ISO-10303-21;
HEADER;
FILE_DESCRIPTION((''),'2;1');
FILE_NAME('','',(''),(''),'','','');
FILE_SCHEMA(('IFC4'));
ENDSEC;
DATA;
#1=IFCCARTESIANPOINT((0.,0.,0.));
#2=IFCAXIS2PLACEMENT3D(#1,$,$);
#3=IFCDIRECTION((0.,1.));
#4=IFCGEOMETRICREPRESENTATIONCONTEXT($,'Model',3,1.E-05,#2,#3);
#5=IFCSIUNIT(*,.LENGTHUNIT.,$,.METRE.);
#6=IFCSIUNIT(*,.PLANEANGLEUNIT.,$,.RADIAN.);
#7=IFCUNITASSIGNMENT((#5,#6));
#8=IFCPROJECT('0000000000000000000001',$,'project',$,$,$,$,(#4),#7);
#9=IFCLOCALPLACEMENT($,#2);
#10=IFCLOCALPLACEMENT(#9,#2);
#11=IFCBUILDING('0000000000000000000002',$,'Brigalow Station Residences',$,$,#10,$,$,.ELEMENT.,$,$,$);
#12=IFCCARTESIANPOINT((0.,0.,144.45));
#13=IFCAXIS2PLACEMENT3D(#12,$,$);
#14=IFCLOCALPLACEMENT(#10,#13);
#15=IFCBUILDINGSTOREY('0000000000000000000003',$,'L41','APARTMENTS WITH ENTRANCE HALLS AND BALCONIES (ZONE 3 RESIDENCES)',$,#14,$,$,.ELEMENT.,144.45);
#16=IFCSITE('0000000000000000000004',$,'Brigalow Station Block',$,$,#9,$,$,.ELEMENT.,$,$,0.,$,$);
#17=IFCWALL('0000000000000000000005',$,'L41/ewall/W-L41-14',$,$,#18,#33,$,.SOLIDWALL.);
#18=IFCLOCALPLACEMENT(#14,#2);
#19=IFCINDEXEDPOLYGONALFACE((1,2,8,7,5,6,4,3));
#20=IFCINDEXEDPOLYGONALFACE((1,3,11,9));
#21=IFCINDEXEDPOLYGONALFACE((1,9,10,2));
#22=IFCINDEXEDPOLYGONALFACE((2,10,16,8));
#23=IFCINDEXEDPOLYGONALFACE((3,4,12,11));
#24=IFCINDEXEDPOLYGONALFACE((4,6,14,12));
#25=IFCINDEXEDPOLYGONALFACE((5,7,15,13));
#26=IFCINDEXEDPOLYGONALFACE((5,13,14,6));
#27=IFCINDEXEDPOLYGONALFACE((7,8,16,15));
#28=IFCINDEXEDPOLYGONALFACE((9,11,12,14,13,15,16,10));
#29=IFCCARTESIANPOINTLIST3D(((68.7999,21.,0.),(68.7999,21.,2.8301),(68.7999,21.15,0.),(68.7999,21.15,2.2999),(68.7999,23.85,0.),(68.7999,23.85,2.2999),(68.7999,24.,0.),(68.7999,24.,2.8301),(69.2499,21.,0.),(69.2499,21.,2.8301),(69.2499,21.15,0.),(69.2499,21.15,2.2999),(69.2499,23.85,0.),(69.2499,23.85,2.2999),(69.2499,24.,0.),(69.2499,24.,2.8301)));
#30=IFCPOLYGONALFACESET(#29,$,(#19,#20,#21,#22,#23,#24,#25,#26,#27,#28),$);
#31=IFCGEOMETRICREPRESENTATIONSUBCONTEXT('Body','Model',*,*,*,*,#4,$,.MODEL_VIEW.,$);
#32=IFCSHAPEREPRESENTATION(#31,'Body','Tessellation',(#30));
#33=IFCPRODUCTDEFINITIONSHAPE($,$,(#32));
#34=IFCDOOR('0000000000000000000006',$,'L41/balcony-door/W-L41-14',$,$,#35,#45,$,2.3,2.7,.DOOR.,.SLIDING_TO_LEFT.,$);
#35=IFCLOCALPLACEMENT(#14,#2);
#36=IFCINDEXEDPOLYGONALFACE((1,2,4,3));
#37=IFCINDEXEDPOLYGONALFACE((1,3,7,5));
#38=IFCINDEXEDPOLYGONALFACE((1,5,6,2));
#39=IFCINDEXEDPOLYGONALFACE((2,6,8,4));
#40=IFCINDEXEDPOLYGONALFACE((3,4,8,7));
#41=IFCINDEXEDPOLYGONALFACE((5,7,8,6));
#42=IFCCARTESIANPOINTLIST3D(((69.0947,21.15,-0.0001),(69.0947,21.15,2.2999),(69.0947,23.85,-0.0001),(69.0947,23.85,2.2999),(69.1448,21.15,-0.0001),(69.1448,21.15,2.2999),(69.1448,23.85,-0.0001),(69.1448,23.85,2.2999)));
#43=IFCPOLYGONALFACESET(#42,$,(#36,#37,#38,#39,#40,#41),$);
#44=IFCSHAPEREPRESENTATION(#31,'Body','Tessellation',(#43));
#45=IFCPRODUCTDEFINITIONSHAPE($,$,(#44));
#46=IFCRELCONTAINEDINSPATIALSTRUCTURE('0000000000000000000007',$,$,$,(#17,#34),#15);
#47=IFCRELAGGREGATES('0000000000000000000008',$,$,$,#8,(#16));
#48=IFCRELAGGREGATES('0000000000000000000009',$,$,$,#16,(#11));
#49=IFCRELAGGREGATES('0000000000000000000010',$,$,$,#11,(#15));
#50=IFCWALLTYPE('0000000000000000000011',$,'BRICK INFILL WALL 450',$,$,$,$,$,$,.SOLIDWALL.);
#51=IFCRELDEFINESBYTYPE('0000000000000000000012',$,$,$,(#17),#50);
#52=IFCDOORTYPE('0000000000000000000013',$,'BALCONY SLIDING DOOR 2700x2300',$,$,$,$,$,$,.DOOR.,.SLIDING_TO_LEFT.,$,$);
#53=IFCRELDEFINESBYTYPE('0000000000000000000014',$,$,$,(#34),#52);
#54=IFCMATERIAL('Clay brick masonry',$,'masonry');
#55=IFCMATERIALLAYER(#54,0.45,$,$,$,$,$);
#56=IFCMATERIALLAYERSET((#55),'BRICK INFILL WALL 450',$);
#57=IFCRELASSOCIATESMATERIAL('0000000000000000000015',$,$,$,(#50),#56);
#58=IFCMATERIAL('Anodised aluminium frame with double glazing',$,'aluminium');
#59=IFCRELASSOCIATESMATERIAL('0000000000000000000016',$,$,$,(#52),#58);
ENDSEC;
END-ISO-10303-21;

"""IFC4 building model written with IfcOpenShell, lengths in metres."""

from ifc_helpers import new_model, si_unit, direction, frame, frame_2d, origin, place, context, subcontext, project, spatial, rectangle, extrude, material, layer, layer_set, type_object, element, fill, save


model = new_model("IFC4")

# Units and contexts
model_context = context("Model", 3, precision=1e-05, world=origin(), true_north=direction((0.0, 1.0)))
body_context = subcontext(model_context, "Body", "Model", "MODEL_VIEW")
ifc_project = project(units=[si_unit("LENGTHUNIT", "METRE"), si_unit("PLANEANGLEUNIT", "RADIAN")], contexts=[model_context])

# Site, building, storey
site_placement = place(None, origin())
site = spatial("IfcSite", under=ifc_project, at=site_placement, Name="Brigalow Station Block", CompositionType="ELEMENT", RefElevation=0.0)
building_placement = place(site_placement, origin())
building = spatial("IfcBuilding", under=site, at=building_placement, Name="Brigalow Station Residences", CompositionType="ELEMENT")
storey_placement = place(building_placement, frame((0.0, 0.0, 144.45)))
storey = spatial("IfcBuildingStorey", under=building, at=storey_placement, Name="L41", Description="APARTMENTS WITH ENTRANCE HALLS AND BALCONIES (ZONE 3 RESIDENCES)", CompositionType="ELEMENT", Elevation=144.45)

# Shared definitions
ifc_material_1 = material(Name="Clay brick masonry", Category="masonry")
ifc_layer = layer(ifc_material_1, 0.45)
ifc_layer_set = layer_set([ifc_layer], Name="BRICK INFILL WALL 450")
wall_type = type_object("IfcWallType", Name="BRICK INFILL WALL 450", PredefinedType="SOLIDWALL", material=ifc_layer_set)

# Wall, opening, door
wall_1_placement = place(storey_placement, frame((69.0249, 21.0, 0.0), z_axis=(0.0, 0.0, 1.0), x_axis=(0.0, 1.0, 0.0)))
wall_1 = element("IfcWall", 1, at=wall_1_placement, inside=storey, type_object=wall_type, Name="L41/ewall/W-L41-14", PredefinedType="SOLIDWALL", context=body_context, shape_type="SweptSolid", body=[
    extrude(rectangle(XDim=3.0, YDim=0.45, at=frame_2d((1.5, 0.0))), origin(), (0.0, 0.0, 1.0), 2.8301),
])
opening_1_placement = place(wall_1_placement, frame((0.1499, 0.0, 0.0)))
opening_1 = element("IfcOpeningElement", 2, at=opening_1_placement, cuts=wall_1, PredefinedType="OPENING", context=body_context, shape_type="SweptSolid", body=[
    extrude(rectangle(XDim=2.7, YDim=2.3, at=frame_2d((1.3501, 1.1499))), frame((0.0, 0.2349, 0.0), z_axis=(0.0, -1.0, 0.0), x_axis=(1.0, 0.0, 0.0)), (0.0, 0.0, 1.0), 0.47),
])
ifc_material_2 = material(Name="Anodised aluminium frame with double glazing", Category="aluminium")
door_type = type_object("IfcDoorType", Name="BALCONY SLIDING DOOR 2700x2300", OperationType="SLIDING_TO_LEFT", PredefinedType="DOOR", material=ifc_material_2)
door_placement = place(opening_1_placement, origin())
door = element("IfcDoor", 3, at=door_placement, inside=storey, type_object=door_type, Name="L41/balcony-door/W-L41-14", OperationType="SLIDING_TO_LEFT", OverallHeight=2.3, OverallWidth=2.7, PredefinedType="DOOR", context=body_context, shape_type="SweptSolid", body=[
    extrude(rectangle(XDim=2.7, YDim=2.3, at=frame_2d((1.3501, 1.1499))), frame((0.0, -0.0698, 0.0), z_axis=(0.0, -1.0, 0.0), x_axis=(1.0, 0.0, 0.0)), (0.0, 0.0, 1.0), 0.05),
])
fill(opening_1, door)

save(model, "model.ifc")
